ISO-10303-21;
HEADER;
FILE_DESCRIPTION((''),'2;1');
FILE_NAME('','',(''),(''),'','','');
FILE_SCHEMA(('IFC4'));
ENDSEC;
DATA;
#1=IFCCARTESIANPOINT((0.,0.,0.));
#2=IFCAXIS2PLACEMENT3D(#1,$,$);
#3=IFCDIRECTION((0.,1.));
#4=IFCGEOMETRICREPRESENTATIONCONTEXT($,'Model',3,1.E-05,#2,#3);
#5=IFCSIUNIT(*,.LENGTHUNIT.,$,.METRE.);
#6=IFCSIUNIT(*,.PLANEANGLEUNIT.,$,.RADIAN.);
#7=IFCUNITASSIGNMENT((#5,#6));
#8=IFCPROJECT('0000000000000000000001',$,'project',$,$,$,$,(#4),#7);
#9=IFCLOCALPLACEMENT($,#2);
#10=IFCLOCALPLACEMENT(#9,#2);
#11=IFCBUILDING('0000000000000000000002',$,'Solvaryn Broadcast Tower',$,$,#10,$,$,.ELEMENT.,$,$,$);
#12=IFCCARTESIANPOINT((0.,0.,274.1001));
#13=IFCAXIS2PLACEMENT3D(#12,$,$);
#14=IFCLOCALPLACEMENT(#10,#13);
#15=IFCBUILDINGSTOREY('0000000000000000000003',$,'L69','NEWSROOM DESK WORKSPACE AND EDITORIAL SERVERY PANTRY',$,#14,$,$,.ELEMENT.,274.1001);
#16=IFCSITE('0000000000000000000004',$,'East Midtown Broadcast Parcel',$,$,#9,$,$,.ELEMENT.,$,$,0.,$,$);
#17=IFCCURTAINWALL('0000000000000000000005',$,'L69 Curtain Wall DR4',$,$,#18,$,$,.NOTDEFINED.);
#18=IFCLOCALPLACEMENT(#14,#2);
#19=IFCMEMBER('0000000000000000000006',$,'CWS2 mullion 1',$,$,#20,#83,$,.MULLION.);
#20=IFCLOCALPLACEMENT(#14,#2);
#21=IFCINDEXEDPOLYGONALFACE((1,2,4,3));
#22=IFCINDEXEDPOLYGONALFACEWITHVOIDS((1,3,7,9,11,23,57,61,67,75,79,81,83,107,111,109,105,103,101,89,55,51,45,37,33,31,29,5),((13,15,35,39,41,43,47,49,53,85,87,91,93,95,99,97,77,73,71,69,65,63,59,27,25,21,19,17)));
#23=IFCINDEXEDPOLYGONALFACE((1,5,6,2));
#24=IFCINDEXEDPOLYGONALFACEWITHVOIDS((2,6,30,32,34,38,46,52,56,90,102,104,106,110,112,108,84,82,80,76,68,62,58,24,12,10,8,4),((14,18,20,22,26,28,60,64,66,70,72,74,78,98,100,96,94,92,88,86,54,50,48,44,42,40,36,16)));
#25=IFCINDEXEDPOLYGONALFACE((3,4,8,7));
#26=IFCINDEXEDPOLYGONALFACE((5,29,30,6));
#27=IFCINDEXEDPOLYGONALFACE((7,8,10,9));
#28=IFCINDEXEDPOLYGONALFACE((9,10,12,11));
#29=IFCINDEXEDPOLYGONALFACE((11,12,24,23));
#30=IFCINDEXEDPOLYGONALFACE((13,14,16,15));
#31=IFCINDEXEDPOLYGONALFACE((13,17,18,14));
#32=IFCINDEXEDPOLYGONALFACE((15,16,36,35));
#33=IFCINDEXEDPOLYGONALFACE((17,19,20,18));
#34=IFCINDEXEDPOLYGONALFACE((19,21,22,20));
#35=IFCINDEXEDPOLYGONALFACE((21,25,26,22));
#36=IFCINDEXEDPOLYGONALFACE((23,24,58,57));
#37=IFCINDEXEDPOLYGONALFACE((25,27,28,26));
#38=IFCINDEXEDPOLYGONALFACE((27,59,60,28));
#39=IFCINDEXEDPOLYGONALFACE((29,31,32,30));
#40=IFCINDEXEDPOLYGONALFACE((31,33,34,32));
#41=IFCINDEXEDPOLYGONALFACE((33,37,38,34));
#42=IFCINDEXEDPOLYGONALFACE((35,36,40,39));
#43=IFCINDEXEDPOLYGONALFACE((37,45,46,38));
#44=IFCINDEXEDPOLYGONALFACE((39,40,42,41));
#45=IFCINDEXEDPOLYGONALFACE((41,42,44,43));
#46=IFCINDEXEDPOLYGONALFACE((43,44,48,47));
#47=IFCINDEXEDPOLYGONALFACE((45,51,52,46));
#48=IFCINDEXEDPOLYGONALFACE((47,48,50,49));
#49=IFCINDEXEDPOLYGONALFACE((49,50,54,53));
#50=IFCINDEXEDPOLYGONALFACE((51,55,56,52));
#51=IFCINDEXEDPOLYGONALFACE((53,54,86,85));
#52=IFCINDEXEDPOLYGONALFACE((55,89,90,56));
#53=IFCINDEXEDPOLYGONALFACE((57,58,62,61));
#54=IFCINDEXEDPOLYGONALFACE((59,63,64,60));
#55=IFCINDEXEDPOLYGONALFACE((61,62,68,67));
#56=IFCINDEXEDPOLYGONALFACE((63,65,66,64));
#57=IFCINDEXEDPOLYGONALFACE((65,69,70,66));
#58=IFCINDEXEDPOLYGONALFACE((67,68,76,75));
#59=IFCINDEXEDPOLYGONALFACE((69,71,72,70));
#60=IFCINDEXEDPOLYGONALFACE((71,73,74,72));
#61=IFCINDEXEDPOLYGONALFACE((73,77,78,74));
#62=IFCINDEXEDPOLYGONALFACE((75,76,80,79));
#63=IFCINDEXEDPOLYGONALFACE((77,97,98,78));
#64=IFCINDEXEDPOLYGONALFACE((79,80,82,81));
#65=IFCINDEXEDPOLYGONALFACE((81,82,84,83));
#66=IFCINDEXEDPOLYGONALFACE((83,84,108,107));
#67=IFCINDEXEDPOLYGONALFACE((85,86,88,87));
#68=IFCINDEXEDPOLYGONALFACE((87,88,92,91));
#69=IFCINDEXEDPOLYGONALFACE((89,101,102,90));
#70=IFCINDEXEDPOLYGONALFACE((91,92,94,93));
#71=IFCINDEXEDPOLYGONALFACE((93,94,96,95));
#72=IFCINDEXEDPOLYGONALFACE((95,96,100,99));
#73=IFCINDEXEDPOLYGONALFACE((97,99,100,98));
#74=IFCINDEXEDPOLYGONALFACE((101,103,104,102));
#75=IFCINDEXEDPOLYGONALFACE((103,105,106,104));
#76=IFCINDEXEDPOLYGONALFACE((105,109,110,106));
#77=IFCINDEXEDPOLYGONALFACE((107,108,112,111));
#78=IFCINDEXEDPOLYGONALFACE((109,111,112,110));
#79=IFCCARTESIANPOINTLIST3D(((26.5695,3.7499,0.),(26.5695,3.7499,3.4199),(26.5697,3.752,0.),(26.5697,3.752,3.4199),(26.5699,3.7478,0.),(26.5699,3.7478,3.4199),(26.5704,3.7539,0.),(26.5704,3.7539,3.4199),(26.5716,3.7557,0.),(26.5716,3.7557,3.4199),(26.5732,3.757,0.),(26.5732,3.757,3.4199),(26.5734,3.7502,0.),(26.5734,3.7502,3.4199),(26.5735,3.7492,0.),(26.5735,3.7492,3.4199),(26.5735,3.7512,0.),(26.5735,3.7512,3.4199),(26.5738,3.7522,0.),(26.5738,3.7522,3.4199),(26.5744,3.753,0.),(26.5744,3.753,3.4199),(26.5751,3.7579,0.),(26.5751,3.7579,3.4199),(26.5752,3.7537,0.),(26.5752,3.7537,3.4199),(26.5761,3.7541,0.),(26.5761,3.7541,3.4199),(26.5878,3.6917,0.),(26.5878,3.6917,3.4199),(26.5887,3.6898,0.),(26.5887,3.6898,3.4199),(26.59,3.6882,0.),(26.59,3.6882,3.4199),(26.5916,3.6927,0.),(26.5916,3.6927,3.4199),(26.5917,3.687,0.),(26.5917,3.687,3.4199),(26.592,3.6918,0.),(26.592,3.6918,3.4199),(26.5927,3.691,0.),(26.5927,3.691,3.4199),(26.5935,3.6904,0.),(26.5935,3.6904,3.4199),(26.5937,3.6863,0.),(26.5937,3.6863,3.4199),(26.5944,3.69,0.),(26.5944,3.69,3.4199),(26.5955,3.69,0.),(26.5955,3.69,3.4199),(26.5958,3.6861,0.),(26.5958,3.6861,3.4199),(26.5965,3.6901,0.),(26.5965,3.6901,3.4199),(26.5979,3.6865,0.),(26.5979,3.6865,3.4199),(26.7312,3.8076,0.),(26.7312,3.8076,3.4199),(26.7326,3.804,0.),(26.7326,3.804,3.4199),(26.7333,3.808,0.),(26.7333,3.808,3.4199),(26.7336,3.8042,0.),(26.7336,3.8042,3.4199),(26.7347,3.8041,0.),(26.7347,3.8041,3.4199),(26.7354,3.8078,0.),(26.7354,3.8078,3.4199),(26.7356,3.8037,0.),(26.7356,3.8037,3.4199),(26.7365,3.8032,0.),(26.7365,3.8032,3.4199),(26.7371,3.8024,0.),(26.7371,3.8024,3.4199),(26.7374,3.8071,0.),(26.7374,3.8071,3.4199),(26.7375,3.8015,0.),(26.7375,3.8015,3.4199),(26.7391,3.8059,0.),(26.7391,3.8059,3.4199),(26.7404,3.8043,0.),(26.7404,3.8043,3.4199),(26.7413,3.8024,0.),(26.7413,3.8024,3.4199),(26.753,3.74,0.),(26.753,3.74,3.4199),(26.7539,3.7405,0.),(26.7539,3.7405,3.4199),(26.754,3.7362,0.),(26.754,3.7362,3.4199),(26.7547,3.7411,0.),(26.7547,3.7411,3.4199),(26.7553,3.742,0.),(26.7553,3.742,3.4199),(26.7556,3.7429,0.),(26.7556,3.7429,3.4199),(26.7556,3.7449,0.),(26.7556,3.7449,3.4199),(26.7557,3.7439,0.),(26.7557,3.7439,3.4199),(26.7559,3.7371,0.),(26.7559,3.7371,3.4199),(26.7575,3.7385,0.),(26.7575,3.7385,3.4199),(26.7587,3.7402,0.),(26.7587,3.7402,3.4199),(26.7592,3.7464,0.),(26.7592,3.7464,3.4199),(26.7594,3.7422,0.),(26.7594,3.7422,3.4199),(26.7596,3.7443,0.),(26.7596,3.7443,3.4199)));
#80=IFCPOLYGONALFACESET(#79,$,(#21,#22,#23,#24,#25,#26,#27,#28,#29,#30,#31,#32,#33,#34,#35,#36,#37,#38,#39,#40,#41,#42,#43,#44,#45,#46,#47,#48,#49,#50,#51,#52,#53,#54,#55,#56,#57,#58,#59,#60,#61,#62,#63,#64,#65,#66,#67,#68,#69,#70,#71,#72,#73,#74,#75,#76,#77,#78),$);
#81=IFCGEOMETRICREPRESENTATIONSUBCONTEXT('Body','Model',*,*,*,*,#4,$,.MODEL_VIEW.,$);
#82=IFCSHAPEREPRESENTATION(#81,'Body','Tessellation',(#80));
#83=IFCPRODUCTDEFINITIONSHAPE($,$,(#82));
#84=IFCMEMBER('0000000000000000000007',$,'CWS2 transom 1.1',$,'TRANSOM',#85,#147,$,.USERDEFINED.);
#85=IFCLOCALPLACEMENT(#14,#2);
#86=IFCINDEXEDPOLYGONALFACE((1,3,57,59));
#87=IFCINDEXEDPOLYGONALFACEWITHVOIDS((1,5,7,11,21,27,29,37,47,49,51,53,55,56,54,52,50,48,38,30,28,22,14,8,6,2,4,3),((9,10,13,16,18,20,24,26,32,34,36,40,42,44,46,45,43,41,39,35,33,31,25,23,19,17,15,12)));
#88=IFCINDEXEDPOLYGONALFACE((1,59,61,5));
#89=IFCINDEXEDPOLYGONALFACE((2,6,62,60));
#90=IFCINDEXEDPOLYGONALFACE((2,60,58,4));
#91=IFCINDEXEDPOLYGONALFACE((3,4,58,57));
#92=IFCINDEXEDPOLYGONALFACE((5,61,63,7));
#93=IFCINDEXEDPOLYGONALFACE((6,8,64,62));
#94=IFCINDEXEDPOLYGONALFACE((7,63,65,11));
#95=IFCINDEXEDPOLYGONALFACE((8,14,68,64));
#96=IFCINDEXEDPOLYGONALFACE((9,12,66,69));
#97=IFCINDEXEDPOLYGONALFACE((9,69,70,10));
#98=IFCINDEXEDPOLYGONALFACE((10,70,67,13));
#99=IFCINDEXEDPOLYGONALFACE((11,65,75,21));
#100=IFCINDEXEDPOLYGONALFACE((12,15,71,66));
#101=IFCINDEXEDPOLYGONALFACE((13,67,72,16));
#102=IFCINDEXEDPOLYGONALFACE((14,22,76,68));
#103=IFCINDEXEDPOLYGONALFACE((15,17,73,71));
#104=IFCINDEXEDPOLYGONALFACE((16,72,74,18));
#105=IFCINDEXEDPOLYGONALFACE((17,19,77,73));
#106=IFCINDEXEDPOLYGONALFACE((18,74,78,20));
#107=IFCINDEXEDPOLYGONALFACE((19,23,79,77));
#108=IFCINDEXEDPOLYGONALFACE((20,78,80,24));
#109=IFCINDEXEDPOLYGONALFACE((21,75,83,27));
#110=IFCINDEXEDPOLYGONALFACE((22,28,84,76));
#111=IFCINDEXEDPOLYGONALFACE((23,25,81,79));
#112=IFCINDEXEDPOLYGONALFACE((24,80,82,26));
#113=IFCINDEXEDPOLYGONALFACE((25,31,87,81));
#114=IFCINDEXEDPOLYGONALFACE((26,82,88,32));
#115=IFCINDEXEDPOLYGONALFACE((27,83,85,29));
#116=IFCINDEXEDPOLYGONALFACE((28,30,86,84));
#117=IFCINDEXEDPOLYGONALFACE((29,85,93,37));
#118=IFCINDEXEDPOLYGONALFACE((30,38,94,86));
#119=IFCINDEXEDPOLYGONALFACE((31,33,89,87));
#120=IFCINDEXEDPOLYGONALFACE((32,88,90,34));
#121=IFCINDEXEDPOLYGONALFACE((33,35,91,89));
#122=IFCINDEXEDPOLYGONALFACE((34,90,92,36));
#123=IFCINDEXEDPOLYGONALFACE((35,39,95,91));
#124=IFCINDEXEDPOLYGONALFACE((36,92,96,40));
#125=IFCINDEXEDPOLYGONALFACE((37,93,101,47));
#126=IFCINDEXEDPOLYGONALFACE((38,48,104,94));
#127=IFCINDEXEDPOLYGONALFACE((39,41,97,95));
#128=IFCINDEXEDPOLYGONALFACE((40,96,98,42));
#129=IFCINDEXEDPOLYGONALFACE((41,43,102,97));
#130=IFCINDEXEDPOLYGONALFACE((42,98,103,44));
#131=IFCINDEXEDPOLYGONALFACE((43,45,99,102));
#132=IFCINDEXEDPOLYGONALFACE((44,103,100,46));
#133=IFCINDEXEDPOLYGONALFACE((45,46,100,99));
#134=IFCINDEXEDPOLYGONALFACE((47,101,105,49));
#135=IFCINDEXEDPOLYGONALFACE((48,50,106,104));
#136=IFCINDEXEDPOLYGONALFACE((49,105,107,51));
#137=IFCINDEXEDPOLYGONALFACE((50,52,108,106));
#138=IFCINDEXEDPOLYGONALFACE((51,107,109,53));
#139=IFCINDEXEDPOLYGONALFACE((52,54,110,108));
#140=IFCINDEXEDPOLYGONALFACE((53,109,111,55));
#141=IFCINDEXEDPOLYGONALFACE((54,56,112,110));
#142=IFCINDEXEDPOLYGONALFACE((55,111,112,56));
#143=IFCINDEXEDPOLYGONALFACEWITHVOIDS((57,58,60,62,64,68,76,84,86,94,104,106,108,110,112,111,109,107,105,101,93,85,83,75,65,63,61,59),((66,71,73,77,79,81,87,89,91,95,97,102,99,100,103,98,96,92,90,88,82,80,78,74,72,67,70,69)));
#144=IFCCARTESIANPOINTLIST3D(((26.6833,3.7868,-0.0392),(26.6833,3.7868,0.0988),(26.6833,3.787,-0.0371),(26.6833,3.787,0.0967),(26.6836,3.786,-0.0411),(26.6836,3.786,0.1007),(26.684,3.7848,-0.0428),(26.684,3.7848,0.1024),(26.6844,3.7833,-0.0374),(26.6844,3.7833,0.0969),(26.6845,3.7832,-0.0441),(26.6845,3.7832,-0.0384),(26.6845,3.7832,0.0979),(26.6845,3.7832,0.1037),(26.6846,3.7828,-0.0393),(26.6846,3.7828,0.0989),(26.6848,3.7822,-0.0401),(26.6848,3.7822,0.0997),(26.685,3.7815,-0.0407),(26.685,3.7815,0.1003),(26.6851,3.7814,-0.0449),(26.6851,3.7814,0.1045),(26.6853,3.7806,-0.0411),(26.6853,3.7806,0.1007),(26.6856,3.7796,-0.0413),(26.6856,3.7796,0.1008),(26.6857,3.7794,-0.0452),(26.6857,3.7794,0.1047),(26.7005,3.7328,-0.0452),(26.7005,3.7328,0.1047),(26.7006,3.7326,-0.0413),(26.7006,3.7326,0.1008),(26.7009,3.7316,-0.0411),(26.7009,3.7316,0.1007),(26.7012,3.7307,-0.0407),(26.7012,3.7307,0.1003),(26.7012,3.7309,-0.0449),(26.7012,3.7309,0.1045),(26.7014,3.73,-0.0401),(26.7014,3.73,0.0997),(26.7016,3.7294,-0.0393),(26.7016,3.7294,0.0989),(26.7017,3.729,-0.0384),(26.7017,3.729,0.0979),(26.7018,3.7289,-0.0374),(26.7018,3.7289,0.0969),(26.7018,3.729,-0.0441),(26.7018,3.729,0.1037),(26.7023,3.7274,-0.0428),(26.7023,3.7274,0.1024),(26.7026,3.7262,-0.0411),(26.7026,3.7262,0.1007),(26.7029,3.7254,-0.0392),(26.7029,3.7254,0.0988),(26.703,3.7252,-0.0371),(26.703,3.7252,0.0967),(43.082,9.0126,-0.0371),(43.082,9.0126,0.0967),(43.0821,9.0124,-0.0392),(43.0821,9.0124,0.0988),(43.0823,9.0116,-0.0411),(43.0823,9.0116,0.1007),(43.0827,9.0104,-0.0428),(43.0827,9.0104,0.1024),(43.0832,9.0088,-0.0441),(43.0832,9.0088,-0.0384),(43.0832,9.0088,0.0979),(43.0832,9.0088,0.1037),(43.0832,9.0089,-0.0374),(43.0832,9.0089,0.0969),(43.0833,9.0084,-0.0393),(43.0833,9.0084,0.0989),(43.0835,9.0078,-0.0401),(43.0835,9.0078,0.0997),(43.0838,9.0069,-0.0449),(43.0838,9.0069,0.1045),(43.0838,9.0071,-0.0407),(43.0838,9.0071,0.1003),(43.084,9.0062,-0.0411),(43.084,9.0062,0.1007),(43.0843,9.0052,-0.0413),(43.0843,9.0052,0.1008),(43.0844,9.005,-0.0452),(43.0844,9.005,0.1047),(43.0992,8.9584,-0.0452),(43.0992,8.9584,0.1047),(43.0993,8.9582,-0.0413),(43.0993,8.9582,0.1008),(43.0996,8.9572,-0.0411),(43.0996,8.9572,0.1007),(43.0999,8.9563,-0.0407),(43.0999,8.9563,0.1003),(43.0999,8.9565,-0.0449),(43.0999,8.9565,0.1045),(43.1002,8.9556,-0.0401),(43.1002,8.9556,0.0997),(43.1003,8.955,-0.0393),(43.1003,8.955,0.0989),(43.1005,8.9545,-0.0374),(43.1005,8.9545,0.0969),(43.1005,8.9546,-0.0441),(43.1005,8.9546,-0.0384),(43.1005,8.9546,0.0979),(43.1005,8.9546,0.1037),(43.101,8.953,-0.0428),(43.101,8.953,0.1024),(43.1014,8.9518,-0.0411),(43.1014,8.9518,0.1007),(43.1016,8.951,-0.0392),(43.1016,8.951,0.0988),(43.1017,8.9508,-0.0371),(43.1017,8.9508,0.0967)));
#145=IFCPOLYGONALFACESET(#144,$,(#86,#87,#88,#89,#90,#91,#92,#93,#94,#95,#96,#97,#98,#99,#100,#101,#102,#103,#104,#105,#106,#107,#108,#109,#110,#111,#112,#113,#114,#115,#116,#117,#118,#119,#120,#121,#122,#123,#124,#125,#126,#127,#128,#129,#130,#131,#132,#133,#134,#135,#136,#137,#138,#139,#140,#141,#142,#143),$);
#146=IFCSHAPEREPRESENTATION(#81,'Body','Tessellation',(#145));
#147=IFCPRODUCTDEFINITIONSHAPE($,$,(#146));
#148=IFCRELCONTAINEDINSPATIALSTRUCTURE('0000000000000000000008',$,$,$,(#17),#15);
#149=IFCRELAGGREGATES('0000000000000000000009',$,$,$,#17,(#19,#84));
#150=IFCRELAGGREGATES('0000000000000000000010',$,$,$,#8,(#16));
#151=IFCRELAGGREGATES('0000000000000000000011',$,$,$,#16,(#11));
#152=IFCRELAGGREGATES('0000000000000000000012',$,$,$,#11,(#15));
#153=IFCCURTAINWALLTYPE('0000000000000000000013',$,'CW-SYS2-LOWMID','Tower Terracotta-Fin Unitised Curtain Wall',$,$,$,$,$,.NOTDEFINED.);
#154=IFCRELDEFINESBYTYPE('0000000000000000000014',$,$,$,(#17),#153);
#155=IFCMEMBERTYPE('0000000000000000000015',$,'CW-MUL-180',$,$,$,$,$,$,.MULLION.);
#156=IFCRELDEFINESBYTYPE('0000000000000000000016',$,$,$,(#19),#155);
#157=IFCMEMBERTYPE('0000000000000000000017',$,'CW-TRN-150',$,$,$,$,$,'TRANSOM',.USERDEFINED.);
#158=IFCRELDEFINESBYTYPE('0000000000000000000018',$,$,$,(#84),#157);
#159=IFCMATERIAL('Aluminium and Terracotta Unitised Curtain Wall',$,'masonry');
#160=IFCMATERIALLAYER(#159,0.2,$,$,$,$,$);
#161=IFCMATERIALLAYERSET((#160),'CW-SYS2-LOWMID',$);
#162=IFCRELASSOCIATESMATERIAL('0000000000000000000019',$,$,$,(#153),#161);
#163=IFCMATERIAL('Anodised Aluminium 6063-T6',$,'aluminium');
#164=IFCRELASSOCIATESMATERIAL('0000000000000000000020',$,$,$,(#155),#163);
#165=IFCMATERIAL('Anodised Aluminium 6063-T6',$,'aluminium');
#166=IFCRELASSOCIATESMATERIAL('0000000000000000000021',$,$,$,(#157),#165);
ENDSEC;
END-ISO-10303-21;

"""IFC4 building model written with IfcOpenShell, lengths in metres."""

from ifc_helpers import new_model, si_unit, direction, frame, origin, origin_2d, place, context, subcontext, project, spatial, hollow_rectangle, extrude, material, layer, layer_set, material_profile, profile_set, type_object, element, aggregate, save


model = new_model("IFC4")

# Units and contexts
model_context = context("Model", 3, precision=1e-05, world=origin(), true_north=direction((0.0, 1.0)))
body_context = subcontext(model_context, "Body", "Model", "MODEL_VIEW")
ifc_project = project(units=[si_unit("LENGTHUNIT", "METRE"), si_unit("PLANEANGLEUNIT", "RADIAN")], contexts=[model_context])

# Site, building, storey
site_placement = place(None, origin())
site = spatial("IfcSite", under=ifc_project, at=site_placement, Name="East Midtown Broadcast Parcel", CompositionType="ELEMENT", RefElevation=0.0)
building_placement = place(site_placement, origin())
building = spatial("IfcBuilding", under=site, at=building_placement, Name="Solvaryn Broadcast Tower", CompositionType="ELEMENT")
storey_placement = place(building_placement, frame((0.0, 0.0, 274.1001)))
storey = spatial("IfcBuildingStorey", under=building, at=storey_placement, Name="L69", Description="NEWSROOM DESK WORKSPACE AND EDITORIAL SERVERY PANTRY", CompositionType="ELEMENT", Elevation=274.1001)

# Shared definitions
ifc_material_1 = material(Name="Aluminium and Terracotta Unitised Curtain Wall", Category="masonry")
ifc_layer_1 = layer(ifc_material_1, 0.2)
ifc_layer_set_1 = layer_set([ifc_layer_1], Name="CW-SYS2-LOWMID")
curtain_wall_type = type_object("IfcCurtainWallType", Name="CW-SYS2-LOWMID", Description="Tower Terracotta-Fin Unitised Curtain Wall", PredefinedType="NOTDEFINED", material=ifc_layer_set_1)
ifc_material_2 = material(Name="Anodised Aluminium 6063-T6", Category="aluminium")
ifc_material_profile_1 = material_profile(ifc_material_2, hollow_rectangle(XDim=0.075, YDim=0.1799, WallThickness=0.0039, InnerFilletRadius=0.0039, OuterFilletRadius=0.0081, at=origin_2d()))
ifc_profile_set_1 = profile_set([ifc_material_profile_1], Name="Anodised Aluminium 6063-T6")
member_type_1 = type_object("IfcMemberType", Name="CW-MUL-180", PredefinedType="MULLION", material=ifc_profile_set_1)

# Curtain wall, members
curtain_wall_1_placement = place(storey_placement, origin())
curtain_wall_1 = element("IfcCurtainWall", 1, at=curtain_wall_1_placement, inside=storey, type_object=curtain_wall_type, Name="L69 Curtain Wall DR4", PredefinedType="NOTDEFINED")
member_1_placement = place(storey_placement, frame((26.6646, 3.7471, 0.0), z_axis=(0.0, 0.0, 1.0), x_axis=(-0.303616, 0.952795, 0.0)))
member_1 = element("IfcMember", 2, at=member_1_placement, type_object=member_type_1, Name="CWS2 mullion 1", PredefinedType="MULLION", context=body_context, shape_type="SweptSolid", body=[
    extrude(hollow_rectangle(XDim=0.075, YDim=0.1799, WallThickness=0.0039, InnerFilletRadius=0.0039, OuterFilletRadius=0.0081, at=origin_2d()), origin(), (0.0, 0.0, 1.0), 3.4199),
])
ifc_material_3 = material(Name="Anodised Aluminium 6063-T6", Category="aluminium")
ifc_material_profile_2 = material_profile(ifc_material_3, hollow_rectangle(XDim=0.0649, YDim=0.1499, WallThickness=0.0039, InnerFilletRadius=0.0039, OuterFilletRadius=0.0081, at=origin_2d()))
ifc_profile_set_2 = profile_set([ifc_material_profile_2], Name="Anodised Aluminium 6063-T6")
member_type_2 = type_object("IfcMemberType", Name="CW-TRN-150", ElementType="TRANSOM", PredefinedType="USERDEFINED", material=ifc_profile_set_2)
member_2_placement = place(storey_placement, frame((26.6931, 3.7561, 0.0298), z_axis=(0.952794, 0.303616, 0.0), x_axis=(-0.303616, 0.952794, 0.0)))
member_2 = element("IfcMember", 3, at=member_2_placement, type_object=member_type_2, Name="CWS2 transom 1.1", ObjectType="TRANSOM", PredefinedType="USERDEFINED", context=body_context, shape_type="SweptSolid", body=[
    extrude(hollow_rectangle(XDim=0.0649, YDim=0.1499, WallThickness=0.0039, InnerFilletRadius=0.0039, OuterFilletRadius=0.0081, at=origin_2d()), origin(), (0.0, 0.0, 1.0), 17.2112),
])
aggregate(curtain_wall_1, [member_1, member_2])

save(model, "model.ifc")
